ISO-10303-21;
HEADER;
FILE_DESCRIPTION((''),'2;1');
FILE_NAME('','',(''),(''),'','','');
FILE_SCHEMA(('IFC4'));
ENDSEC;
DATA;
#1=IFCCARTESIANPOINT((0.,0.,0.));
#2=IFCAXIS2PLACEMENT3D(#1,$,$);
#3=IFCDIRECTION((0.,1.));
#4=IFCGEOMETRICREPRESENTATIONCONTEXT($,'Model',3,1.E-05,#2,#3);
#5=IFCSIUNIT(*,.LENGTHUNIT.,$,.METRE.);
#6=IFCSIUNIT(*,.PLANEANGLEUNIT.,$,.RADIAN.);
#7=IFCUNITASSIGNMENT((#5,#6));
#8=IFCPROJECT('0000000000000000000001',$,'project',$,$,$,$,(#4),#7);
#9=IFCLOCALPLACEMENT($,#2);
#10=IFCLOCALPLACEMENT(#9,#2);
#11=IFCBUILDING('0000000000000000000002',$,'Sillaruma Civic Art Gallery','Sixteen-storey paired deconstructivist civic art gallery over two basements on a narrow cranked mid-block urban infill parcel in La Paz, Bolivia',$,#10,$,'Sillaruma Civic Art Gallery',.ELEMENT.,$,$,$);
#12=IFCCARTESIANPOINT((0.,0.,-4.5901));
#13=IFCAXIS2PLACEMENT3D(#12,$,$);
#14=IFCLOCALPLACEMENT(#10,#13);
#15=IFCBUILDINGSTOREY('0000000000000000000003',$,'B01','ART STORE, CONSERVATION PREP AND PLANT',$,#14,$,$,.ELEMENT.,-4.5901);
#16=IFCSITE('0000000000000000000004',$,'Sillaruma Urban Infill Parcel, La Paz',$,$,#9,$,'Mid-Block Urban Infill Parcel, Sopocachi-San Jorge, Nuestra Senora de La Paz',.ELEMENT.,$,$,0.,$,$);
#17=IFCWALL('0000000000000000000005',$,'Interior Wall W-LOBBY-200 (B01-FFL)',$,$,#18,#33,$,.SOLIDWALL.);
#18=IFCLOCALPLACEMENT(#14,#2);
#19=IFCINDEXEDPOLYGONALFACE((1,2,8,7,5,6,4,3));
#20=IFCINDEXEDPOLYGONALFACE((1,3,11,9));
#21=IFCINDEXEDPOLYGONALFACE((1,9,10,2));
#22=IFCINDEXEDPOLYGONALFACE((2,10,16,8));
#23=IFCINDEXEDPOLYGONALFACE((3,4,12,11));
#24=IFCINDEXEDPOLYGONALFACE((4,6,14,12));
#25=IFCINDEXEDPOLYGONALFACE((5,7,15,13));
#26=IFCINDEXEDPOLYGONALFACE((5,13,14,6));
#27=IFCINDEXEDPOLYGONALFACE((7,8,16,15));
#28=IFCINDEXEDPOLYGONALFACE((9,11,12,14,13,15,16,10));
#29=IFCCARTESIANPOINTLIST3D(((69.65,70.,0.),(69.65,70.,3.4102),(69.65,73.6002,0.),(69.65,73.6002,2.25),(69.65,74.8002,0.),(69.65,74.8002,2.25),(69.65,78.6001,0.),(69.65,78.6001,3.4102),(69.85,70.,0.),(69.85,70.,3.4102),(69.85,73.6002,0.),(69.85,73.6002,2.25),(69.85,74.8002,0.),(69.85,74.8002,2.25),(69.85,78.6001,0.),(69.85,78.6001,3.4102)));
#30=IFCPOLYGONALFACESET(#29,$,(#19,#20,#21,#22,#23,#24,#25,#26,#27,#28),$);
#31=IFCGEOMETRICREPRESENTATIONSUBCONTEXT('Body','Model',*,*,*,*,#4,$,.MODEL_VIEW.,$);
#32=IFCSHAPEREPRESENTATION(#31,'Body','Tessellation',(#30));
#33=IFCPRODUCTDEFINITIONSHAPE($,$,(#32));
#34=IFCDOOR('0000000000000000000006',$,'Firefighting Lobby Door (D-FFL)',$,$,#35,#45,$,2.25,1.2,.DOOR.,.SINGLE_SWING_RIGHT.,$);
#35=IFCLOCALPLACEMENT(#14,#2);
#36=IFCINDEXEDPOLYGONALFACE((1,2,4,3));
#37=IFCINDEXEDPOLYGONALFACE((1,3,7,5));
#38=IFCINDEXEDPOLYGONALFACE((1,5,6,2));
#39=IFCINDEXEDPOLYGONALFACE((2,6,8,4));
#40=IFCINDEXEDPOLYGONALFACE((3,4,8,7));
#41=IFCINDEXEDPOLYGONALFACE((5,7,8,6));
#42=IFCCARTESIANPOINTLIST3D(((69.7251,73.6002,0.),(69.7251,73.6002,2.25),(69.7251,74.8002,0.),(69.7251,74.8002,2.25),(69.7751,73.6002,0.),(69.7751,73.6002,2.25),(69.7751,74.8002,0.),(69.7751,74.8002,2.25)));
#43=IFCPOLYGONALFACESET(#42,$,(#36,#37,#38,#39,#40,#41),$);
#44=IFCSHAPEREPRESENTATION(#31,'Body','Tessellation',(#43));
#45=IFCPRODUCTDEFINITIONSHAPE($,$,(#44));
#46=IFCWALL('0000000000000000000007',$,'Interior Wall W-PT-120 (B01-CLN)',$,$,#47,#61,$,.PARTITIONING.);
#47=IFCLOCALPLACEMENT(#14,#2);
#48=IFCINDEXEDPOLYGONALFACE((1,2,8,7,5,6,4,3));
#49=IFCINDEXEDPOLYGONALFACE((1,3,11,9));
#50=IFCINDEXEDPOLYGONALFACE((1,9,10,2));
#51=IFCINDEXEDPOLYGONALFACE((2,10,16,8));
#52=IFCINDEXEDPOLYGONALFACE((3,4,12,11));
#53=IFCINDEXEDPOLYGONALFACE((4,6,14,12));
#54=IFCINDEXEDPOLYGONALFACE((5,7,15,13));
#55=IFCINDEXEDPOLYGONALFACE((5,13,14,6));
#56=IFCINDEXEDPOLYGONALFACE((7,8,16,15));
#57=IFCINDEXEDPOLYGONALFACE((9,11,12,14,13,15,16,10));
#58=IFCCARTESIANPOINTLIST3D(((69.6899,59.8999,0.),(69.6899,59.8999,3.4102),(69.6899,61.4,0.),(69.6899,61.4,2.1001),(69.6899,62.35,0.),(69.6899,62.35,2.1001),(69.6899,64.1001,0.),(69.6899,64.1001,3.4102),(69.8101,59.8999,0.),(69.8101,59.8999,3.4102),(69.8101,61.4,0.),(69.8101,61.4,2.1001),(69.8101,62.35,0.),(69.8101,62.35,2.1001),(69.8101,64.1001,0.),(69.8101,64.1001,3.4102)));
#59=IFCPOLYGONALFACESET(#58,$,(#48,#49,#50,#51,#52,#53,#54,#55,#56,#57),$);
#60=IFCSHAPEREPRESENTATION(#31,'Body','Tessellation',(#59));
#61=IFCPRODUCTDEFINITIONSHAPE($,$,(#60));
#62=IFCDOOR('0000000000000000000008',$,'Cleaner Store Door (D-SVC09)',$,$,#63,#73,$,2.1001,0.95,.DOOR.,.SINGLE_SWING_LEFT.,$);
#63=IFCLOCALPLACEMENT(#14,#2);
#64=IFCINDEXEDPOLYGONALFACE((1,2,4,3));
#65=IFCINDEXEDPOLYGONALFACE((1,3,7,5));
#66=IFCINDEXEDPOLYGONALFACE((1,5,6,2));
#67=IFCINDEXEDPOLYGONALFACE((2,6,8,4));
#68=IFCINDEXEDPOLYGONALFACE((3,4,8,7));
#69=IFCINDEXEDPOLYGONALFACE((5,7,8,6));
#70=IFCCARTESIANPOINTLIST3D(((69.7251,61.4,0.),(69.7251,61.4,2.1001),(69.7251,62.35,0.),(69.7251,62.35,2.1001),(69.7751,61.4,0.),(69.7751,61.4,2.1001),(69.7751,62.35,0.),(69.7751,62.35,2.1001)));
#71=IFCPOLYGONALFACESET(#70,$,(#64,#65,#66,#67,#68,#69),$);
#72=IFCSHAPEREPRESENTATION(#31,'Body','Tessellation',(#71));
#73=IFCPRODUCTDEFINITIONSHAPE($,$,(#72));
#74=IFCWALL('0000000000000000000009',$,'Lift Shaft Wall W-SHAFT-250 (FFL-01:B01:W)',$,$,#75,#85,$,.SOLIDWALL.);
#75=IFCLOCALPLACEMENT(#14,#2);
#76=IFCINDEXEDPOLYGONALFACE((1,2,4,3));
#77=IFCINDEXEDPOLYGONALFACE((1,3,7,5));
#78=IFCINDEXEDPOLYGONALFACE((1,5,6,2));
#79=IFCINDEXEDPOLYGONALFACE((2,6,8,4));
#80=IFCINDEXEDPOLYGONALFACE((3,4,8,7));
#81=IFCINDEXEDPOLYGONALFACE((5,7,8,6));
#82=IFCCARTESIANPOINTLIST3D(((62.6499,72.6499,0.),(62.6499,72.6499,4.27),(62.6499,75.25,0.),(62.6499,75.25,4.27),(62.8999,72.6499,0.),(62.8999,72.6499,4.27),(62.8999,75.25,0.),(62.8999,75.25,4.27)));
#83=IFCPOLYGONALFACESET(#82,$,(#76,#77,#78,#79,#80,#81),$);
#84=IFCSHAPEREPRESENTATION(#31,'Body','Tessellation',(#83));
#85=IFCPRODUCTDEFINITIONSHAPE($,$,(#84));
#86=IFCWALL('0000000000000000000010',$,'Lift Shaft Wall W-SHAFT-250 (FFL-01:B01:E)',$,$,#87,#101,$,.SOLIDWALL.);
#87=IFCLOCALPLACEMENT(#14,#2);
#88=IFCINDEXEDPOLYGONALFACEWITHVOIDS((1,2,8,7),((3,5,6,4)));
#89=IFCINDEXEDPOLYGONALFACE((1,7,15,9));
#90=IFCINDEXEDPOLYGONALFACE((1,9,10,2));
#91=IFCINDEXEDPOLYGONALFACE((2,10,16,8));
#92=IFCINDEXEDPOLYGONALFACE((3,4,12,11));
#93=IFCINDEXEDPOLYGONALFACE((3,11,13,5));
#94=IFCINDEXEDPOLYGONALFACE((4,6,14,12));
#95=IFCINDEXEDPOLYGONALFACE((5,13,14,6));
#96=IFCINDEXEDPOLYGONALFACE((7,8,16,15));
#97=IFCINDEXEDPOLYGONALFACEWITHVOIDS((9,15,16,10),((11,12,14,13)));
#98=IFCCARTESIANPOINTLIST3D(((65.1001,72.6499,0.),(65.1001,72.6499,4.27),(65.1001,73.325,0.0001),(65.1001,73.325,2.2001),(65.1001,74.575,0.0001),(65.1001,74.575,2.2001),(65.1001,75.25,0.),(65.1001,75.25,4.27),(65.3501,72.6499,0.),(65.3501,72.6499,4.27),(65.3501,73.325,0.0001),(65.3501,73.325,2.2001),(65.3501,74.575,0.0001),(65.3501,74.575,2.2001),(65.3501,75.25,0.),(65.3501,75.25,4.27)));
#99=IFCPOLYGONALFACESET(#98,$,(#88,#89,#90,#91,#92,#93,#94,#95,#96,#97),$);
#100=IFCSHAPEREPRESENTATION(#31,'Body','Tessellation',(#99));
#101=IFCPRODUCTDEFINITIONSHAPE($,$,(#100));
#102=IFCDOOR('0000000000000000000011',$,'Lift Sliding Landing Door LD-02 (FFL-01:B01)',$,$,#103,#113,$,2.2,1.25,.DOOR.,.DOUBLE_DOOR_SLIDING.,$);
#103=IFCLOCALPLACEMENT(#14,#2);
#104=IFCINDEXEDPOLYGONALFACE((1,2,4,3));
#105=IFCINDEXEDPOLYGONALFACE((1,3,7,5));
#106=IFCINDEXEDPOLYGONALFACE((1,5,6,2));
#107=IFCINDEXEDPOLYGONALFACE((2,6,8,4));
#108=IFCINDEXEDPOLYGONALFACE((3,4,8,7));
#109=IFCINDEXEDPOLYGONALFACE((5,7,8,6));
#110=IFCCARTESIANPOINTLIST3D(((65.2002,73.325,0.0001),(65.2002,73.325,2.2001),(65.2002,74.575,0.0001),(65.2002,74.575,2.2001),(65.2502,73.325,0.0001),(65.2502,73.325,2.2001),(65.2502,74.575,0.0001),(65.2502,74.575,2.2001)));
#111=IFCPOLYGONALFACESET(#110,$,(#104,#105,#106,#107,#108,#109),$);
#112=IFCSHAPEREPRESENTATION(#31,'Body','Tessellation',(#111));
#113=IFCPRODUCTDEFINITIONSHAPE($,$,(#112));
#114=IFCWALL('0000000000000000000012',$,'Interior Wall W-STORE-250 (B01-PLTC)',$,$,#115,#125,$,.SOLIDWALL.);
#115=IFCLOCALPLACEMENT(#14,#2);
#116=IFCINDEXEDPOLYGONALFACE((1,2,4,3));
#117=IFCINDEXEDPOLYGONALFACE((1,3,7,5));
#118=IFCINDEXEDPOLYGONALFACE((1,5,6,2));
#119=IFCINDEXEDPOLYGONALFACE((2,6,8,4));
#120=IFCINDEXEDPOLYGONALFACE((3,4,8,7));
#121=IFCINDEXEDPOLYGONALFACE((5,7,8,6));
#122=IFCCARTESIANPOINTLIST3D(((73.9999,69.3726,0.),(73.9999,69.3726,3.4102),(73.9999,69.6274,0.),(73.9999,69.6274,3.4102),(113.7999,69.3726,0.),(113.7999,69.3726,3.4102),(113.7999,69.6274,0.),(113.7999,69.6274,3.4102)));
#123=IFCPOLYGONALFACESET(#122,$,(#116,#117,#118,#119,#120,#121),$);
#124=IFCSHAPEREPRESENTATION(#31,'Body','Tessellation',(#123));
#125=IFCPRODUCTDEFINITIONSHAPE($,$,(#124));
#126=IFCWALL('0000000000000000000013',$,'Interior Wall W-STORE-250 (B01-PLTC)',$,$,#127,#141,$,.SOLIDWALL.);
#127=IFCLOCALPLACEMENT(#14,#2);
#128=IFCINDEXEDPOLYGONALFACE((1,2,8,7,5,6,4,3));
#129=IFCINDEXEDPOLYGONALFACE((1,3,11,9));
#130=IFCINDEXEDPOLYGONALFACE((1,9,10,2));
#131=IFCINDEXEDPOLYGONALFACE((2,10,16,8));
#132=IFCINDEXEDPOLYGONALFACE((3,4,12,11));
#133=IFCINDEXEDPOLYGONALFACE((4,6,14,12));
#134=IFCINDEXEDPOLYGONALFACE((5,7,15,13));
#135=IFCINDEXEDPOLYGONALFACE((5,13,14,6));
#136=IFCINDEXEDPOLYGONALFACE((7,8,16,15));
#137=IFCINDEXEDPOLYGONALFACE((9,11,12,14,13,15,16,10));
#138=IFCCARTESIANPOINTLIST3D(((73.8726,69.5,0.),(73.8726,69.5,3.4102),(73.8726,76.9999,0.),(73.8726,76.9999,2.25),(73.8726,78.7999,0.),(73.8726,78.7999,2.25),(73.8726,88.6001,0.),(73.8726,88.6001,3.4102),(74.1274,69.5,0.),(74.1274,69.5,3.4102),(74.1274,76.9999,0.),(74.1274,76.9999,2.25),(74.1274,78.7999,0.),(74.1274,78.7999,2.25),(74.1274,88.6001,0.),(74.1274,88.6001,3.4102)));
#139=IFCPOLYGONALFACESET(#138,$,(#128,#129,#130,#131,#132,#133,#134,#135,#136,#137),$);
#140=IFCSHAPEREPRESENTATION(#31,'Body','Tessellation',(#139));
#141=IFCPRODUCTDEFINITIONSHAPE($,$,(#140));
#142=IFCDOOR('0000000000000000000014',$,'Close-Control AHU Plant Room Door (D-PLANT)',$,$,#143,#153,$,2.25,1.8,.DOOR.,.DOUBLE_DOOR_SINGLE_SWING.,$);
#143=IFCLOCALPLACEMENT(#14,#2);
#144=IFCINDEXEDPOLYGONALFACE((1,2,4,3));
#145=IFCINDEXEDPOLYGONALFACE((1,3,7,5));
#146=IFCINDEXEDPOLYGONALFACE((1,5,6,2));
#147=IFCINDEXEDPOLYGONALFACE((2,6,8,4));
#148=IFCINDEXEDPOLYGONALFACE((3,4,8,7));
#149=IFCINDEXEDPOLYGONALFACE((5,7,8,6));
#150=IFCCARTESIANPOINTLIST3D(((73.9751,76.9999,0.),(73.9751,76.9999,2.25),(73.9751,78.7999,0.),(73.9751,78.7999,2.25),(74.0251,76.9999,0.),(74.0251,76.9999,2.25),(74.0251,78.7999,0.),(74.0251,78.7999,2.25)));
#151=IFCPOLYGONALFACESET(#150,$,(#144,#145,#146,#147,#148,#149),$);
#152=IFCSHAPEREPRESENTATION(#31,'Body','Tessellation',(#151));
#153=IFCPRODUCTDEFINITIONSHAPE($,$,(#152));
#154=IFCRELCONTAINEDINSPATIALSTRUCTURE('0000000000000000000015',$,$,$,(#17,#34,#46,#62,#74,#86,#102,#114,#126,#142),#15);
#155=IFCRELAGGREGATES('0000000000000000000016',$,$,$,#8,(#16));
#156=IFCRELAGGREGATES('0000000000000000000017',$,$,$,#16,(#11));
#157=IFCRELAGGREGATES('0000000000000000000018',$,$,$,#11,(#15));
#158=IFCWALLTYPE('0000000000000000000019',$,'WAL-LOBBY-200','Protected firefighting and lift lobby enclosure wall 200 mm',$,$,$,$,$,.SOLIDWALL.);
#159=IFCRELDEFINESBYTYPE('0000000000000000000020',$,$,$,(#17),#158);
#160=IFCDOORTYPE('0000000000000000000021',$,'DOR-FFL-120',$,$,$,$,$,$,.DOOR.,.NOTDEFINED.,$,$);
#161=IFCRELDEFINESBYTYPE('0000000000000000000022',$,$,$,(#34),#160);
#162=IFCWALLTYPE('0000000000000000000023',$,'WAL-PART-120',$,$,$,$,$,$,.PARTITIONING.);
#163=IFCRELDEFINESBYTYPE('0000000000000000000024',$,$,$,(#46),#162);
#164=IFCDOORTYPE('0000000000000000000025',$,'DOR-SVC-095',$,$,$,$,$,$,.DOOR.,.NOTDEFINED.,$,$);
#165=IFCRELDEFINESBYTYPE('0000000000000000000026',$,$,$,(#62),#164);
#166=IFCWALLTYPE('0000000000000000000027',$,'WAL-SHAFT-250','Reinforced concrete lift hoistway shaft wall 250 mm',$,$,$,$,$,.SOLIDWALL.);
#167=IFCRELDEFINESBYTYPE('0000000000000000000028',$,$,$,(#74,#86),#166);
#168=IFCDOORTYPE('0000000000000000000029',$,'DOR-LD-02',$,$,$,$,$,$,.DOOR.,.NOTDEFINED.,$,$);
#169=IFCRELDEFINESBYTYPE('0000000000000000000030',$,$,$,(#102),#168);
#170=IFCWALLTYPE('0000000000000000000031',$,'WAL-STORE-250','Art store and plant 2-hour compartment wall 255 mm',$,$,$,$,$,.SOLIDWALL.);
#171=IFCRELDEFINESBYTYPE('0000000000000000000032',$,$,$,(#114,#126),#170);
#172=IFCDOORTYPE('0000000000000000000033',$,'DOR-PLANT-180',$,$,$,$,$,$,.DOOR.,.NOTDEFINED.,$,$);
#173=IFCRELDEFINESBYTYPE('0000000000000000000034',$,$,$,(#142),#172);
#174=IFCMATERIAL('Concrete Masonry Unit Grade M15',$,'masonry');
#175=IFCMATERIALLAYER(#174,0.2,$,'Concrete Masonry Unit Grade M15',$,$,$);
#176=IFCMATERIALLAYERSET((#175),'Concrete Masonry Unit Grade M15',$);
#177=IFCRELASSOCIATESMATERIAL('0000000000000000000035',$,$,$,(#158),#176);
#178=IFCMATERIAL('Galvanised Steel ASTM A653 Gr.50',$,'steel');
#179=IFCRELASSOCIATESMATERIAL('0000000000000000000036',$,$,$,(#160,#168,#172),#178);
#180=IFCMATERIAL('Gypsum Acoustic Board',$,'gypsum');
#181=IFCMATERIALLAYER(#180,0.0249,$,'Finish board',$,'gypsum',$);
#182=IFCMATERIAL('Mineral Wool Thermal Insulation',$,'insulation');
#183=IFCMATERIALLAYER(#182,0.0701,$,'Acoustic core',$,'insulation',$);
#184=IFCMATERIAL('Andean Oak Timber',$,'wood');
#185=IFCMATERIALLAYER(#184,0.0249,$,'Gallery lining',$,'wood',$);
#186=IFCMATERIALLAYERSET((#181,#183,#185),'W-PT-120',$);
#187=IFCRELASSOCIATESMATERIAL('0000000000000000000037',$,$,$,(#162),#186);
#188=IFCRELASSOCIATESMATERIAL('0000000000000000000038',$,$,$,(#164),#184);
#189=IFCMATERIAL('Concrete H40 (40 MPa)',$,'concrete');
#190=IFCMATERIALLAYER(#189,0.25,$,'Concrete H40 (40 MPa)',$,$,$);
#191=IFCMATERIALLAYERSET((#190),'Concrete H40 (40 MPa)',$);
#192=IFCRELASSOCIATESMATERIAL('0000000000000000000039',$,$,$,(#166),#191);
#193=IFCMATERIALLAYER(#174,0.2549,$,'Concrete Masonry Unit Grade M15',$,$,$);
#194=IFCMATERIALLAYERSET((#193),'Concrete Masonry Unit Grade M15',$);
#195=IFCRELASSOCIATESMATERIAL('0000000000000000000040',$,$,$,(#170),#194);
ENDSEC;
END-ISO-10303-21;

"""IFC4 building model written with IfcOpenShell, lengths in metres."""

from ifc_helpers import new_model, si_unit, direction, frame, frame_2d, origin, place, context, subcontext, project, spatial, rectangle, extrude, material, layer, layer_set, type_object, element, fill, save


model = new_model("IFC4")

# Units and contexts
model_context = context("Model", 3, precision=1e-05, world=origin(), true_north=direction((0.0, 1.0)))
body_context = subcontext(model_context, "Body", "Model", "MODEL_VIEW")
ifc_project = project(units=[si_unit("LENGTHUNIT", "METRE"), si_unit("PLANEANGLEUNIT", "RADIAN")], contexts=[model_context])

# Site, building, storey
site_placement = place(None, origin())
site = spatial("IfcSite", under=ifc_project, at=site_placement, Name="Sillaruma Urban Infill Parcel, La Paz", LongName="Mid-Block Urban Infill Parcel, Sopocachi-San Jorge, Nuestra Senora de La Paz", CompositionType="ELEMENT", RefElevation=0.0)
building_placement = place(site_placement, origin())
building = spatial("IfcBuilding", under=site, at=building_placement, Name="Sillaruma Civic Art Gallery", Description="Sixteen-storey paired deconstructivist civic art gallery over two basements on a narrow cranked mid-block urban infill parcel in La Paz, Bolivia", LongName="Sillaruma Civic Art Gallery", CompositionType="ELEMENT")
storey_placement = place(building_placement, frame((0.0, 0.0, -4.5901)))
storey = spatial("IfcBuildingStorey", under=building, at=storey_placement, Name="B01", Description="ART STORE, CONSERVATION PREP AND PLANT", CompositionType="ELEMENT", Elevation=-4.5901)

# Shared definitions
ifc_material_1 = material(Name="Concrete H40 (40 MPa)", Category="concrete")

# Shared definitions
ifc_material_2 = material(Name="Concrete Masonry Unit Grade M15", Category="masonry")
ifc_layer_1 = layer(ifc_material_2, 0.2, Name="Concrete Masonry Unit Grade M15")
ifc_layer_set_1 = layer_set([ifc_layer_1], Name="Concrete Masonry Unit Grade M15")
wall_type_1 = type_object("IfcWallType", Name="WAL-LOBBY-200", Description="Protected firefighting and lift lobby enclosure wall 200 mm", PredefinedType="SOLIDWALL", material=ifc_layer_set_1)

# Walls, openings, doors
wall_1_placement = place(storey_placement, frame((69.75, 70.0, 0.0), z_axis=(0.0, 0.0, 1.0), x_axis=(0.0, 1.0, 0.0)))
wall_1 = element("IfcWall", 1, at=wall_1_placement, inside=storey, type_object=wall_type_1, Name="Interior Wall W-LOBBY-200 (B01-FFL)", PredefinedType="SOLIDWALL", context=body_context, shape_type="SweptSolid", body=[
    extrude(rectangle(XDim=8.6001, YDim=0.2, at=frame_2d((4.3, 0.0))), origin(), (0.0, 0.0, 1.0), 3.4102),
])
opening_1_placement = place(wall_1_placement, frame((3.6001, 0.0, 0.0)))
opening_1 = element("IfcOpeningElement", 2, at=opening_1_placement, cuts=wall_1, PredefinedType="OPENING", context=body_context, shape_type="SweptSolid", body=[
    extrude(rectangle(XDim=1.2, YDim=2.25, at=frame_2d((0.6001, 1.125))), frame((0.0, 0.1099, 0.0), z_axis=(0.0, -1.0, 0.0), x_axis=(1.0, 0.0, 0.0)), (0.0, 0.0, 1.0), 0.22),
])
ifc_material_3 = material(Name="Galvanised Steel ASTM A653 Gr.50", Category="steel")
door_type_1 = type_object("IfcDoorType", Name="DOR-FFL-120", OperationType="NOTDEFINED", PredefinedType="DOOR", material=ifc_material_3)
door_1_placement = place(opening_1_placement, origin())
door_1 = element("IfcDoor", 3, at=door_1_placement, inside=storey, type_object=door_type_1, Name="Firefighting Lobby Door (D-FFL)", OperationType="SINGLE_SWING_RIGHT", OverallHeight=2.25, OverallWidth=1.2, PredefinedType="DOOR", context=body_context, shape_type="SweptSolid", body=[
    extrude(rectangle(XDim=1.2, YDim=2.25, at=frame_2d((0.6001, 1.125))), frame((0.0, 0.0249, 0.0), z_axis=(0.0, -1.0, 0.0), x_axis=(1.0, 0.0, 0.0)), (0.0, 0.0, 1.0), 0.05),
])
fill(opening_1, door_1)
ifc_material_4 = material(Name="Gypsum Acoustic Board", Category="gypsum")
ifc_layer_2 = layer(ifc_material_4, 0.0249, Name="Finish board", Category="gypsum")
ifc_material_5 = material(Name="Mineral Wool Thermal Insulation", Category="insulation")
ifc_layer_3 = layer(ifc_material_5, 0.0701, Name="Acoustic core", Category="insulation")
ifc_material_6 = material(Name="Andean Oak Timber", Category="wood")
ifc_layer_4 = layer(ifc_material_6, 0.0249, Name="Gallery lining", Category="wood")
ifc_layer_set_2 = layer_set([ifc_layer_2, ifc_layer_3, ifc_layer_4], Name="W-PT-120")
wall_type_2 = type_object("IfcWallType", Name="WAL-PART-120", PredefinedType="PARTITIONING", material=ifc_layer_set_2)
wall_2_placement = place(storey_placement, frame((69.75, 59.8999, 0.0), z_axis=(0.0, 0.0, 1.0), x_axis=(0.0, 1.0, 0.0)))
wall_2 = element("IfcWall", 4, at=wall_2_placement, inside=storey, type_object=wall_type_2, Name="Interior Wall W-PT-120 (B01-CLN)", PredefinedType="PARTITIONING", context=body_context, shape_type="SweptSolid", body=[
    extrude(rectangle(XDim=4.2002, YDim=0.1201, at=frame_2d((2.1001, 0.0))), origin(), (0.0, 0.0, 1.0), 3.4102),
])
opening_2_placement = place(wall_2_placement, frame((1.5, 0.0, 0.0)))
opening_2 = element("IfcOpeningElement", 5, at=opening_2_placement, cuts=wall_2, PredefinedType="OPENING", context=body_context, shape_type="SweptSolid", body=[
    extrude(rectangle(XDim=0.95, YDim=2.1001, at=frame_2d((0.4751, 1.05))), frame((0.0, 0.0701, 0.0), z_axis=(0.0, -1.0, 0.0), x_axis=(1.0, 0.0, 0.0)), (0.0, 0.0, 1.0), 0.1401),
])
door_type_2 = type_object("IfcDoorType", Name="DOR-SVC-095", OperationType="NOTDEFINED", PredefinedType="DOOR", material=ifc_material_6)
door_2_placement = place(opening_2_placement, origin())
door_2 = element("IfcDoor", 6, at=door_2_placement, inside=storey, type_object=door_type_2, Name="Cleaner Store Door (D-SVC09)", OperationType="SINGLE_SWING_LEFT", OverallHeight=2.1001, OverallWidth=0.95, PredefinedType="DOOR", context=body_context, shape_type="SweptSolid", body=[
    extrude(rectangle(XDim=0.95, YDim=2.1001, at=frame_2d((0.4751, 1.05))), frame((0.0, 0.0249, 0.0), z_axis=(0.0, -1.0, 0.0), x_axis=(1.0, 0.0, 0.0)), (0.0, 0.0, 1.0), 0.05),
])
fill(opening_2, door_2)

# Wall
ifc_layer_5 = layer(ifc_material_1, 0.25, Name="Concrete H40 (40 MPa)")
ifc_layer_set_3 = layer_set([ifc_layer_5], Name="Concrete H40 (40 MPa)")
wall_type_3 = type_object("IfcWallType", Name="WAL-SHAFT-250", Description="Reinforced concrete lift hoistway shaft wall 250 mm", PredefinedType="SOLIDWALL", material=ifc_layer_set_3)
wall_3_placement = place(storey_placement, frame((62.7749, 72.6499, 0.0), z_axis=(0.0, 0.0, 1.0), x_axis=(0.0, 1.0, 0.0)))
element("IfcWall", 7, at=wall_3_placement, inside=storey, type_object=wall_type_3, Name="Lift Shaft Wall W-SHAFT-250 (FFL-01:B01:W)", PredefinedType="SOLIDWALL", context=body_context, shape_type="SweptSolid", body=[
    extrude(rectangle(XDim=2.6001, YDim=0.25, at=frame_2d((1.3, 0.0))), origin(), (0.0, 0.0, 1.0), 4.27),
])

# Wall, opening, door
wall_4_placement = place(storey_placement, frame((65.2251, 72.6499, 0.0), z_axis=(0.0, 0.0, 1.0), x_axis=(0.0, 1.0, 0.0)))
wall_4 = element("IfcWall", 8, at=wall_4_placement, inside=storey, type_object=wall_type_3, Name="Lift Shaft Wall W-SHAFT-250 (FFL-01:B01:E)", PredefinedType="SOLIDWALL", context=body_context, shape_type="SweptSolid", body=[
    extrude(rectangle(XDim=2.6001, YDim=0.25, at=frame_2d((1.3, 0.0))), origin(), (0.0, 0.0, 1.0), 4.27),
])
opening_3_placement = place(wall_4_placement, frame((0.675, 0.0, 0.0)))
opening_3 = element("IfcOpeningElement", 9, at=opening_3_placement, cuts=wall_4, PredefinedType="OPENING", context=body_context, shape_type="SweptSolid", body=[
    extrude(rectangle(XDim=1.25, YDim=2.2, at=frame_2d((0.625, 1.1001))), frame((0.0, 0.135, 0.0), z_axis=(0.0, -1.0, 0.0), x_axis=(1.0, 0.0, 0.0)), (0.0, 0.0, 1.0), 0.27),
])
door_type_3 = type_object("IfcDoorType", Name="DOR-LD-02", OperationType="NOTDEFINED", PredefinedType="DOOR", material=ifc_material_3)
door_3_placement = place(opening_3_placement, origin())
door_3 = element("IfcDoor", 10, at=door_3_placement, inside=storey, type_object=door_type_3, Name="Lift Sliding Landing Door LD-02 (FFL-01:B01)", OperationType="DOUBLE_DOOR_SLIDING", OverallHeight=2.2, OverallWidth=1.25, PredefinedType="DOOR", context=body_context, shape_type="SweptSolid", body=[
    extrude(rectangle(XDim=1.25, YDim=2.2, at=frame_2d((0.625, 1.1001))), frame((0.0, 0.0249, 0.0), z_axis=(0.0, -1.0, 0.0), x_axis=(1.0, 0.0, 0.0)), (0.0, 0.0, 1.0), 0.05),
])
fill(opening_3, door_3)

# Wall
ifc_layer_6 = layer(ifc_material_2, 0.2549, Name="Concrete Masonry Unit Grade M15")
ifc_layer_set_4 = layer_set([ifc_layer_6], Name="Concrete Masonry Unit Grade M15")
wall_type_4 = type_object("IfcWallType", Name="WAL-STORE-250", Description="Art store and plant 2-hour compartment wall 255 mm", PredefinedType="SOLIDWALL", material=ifc_layer_set_4)
wall_5_placement = place(storey_placement, frame((74.0, 69.5, 0.0), z_axis=(0.0, 0.0, 1.0), x_axis=(1.0, 0.0, 0.0)))
element("IfcWall", 11, at=wall_5_placement, inside=storey, type_object=wall_type_4, Name="Interior Wall W-STORE-250 (B01-PLTC)", PredefinedType="SOLIDWALL", context=body_context, shape_type="SweptSolid", body=[
    extrude(rectangle(XDim=39.8, YDim=0.2549, at=frame_2d((19.8999, 0.0))), origin(), (0.0, 0.0, 1.0), 3.4102),
])

# Wall, opening, door
wall_6_placement = place(storey_placement, frame((74.0, 69.5, 0.0), z_axis=(0.0, 0.0, 1.0), x_axis=(0.0, 1.0, 0.0)))
wall_6 = element("IfcWall", 12, at=wall_6_placement, inside=storey, type_object=wall_type_4, Name="Interior Wall W-STORE-250 (B01-PLTC)", PredefinedType="SOLIDWALL", context=body_context, shape_type="SweptSolid", body=[
    extrude(rectangle(XDim=19.1001, YDim=0.2549, at=frame_2d((9.55, 0.0))), origin(), (0.0, 0.0, 1.0), 3.4102),
])
opening_4_placement = place(wall_6_placement, frame((7.5, 0.0, 0.0)))
opening_4 = element("IfcOpeningElement", 13, at=opening_4_placement, cuts=wall_6, PredefinedType="OPENING", context=body_context, shape_type="SweptSolid", body=[
    extrude(rectangle(XDim=1.8, YDim=2.25, at=frame_2d((0.8999, 1.125))), frame((0.0, 0.1375, 0.0), z_axis=(0.0, -1.0, 0.0), x_axis=(1.0, 0.0, 0.0)), (0.0, 0.0, 1.0), 0.2749),
])
door_type_4 = type_object("IfcDoorType", Name="DOR-PLANT-180", OperationType="NOTDEFINED", PredefinedType="DOOR", material=ifc_material_3)
door_4_placement = place(opening_4_placement, origin())
door_4 = element("IfcDoor", 14, at=door_4_placement, inside=storey, type_object=door_type_4, Name="Close-Control AHU Plant Room Door (D-PLANT)", OperationType="DOUBLE_DOOR_SINGLE_SWING", OverallHeight=2.25, OverallWidth=1.8, PredefinedType="DOOR", context=body_context, shape_type="SweptSolid", body=[
    extrude(rectangle(XDim=1.8, YDim=2.25, at=frame_2d((0.8999, 1.125))), frame((0.0, 0.0249, 0.0), z_axis=(0.0, -1.0, 0.0), x_axis=(1.0, 0.0, 0.0)), (0.0, 0.0, 1.0), 0.05),
])
fill(opening_4, door_4)

save(model, "model.ifc")
